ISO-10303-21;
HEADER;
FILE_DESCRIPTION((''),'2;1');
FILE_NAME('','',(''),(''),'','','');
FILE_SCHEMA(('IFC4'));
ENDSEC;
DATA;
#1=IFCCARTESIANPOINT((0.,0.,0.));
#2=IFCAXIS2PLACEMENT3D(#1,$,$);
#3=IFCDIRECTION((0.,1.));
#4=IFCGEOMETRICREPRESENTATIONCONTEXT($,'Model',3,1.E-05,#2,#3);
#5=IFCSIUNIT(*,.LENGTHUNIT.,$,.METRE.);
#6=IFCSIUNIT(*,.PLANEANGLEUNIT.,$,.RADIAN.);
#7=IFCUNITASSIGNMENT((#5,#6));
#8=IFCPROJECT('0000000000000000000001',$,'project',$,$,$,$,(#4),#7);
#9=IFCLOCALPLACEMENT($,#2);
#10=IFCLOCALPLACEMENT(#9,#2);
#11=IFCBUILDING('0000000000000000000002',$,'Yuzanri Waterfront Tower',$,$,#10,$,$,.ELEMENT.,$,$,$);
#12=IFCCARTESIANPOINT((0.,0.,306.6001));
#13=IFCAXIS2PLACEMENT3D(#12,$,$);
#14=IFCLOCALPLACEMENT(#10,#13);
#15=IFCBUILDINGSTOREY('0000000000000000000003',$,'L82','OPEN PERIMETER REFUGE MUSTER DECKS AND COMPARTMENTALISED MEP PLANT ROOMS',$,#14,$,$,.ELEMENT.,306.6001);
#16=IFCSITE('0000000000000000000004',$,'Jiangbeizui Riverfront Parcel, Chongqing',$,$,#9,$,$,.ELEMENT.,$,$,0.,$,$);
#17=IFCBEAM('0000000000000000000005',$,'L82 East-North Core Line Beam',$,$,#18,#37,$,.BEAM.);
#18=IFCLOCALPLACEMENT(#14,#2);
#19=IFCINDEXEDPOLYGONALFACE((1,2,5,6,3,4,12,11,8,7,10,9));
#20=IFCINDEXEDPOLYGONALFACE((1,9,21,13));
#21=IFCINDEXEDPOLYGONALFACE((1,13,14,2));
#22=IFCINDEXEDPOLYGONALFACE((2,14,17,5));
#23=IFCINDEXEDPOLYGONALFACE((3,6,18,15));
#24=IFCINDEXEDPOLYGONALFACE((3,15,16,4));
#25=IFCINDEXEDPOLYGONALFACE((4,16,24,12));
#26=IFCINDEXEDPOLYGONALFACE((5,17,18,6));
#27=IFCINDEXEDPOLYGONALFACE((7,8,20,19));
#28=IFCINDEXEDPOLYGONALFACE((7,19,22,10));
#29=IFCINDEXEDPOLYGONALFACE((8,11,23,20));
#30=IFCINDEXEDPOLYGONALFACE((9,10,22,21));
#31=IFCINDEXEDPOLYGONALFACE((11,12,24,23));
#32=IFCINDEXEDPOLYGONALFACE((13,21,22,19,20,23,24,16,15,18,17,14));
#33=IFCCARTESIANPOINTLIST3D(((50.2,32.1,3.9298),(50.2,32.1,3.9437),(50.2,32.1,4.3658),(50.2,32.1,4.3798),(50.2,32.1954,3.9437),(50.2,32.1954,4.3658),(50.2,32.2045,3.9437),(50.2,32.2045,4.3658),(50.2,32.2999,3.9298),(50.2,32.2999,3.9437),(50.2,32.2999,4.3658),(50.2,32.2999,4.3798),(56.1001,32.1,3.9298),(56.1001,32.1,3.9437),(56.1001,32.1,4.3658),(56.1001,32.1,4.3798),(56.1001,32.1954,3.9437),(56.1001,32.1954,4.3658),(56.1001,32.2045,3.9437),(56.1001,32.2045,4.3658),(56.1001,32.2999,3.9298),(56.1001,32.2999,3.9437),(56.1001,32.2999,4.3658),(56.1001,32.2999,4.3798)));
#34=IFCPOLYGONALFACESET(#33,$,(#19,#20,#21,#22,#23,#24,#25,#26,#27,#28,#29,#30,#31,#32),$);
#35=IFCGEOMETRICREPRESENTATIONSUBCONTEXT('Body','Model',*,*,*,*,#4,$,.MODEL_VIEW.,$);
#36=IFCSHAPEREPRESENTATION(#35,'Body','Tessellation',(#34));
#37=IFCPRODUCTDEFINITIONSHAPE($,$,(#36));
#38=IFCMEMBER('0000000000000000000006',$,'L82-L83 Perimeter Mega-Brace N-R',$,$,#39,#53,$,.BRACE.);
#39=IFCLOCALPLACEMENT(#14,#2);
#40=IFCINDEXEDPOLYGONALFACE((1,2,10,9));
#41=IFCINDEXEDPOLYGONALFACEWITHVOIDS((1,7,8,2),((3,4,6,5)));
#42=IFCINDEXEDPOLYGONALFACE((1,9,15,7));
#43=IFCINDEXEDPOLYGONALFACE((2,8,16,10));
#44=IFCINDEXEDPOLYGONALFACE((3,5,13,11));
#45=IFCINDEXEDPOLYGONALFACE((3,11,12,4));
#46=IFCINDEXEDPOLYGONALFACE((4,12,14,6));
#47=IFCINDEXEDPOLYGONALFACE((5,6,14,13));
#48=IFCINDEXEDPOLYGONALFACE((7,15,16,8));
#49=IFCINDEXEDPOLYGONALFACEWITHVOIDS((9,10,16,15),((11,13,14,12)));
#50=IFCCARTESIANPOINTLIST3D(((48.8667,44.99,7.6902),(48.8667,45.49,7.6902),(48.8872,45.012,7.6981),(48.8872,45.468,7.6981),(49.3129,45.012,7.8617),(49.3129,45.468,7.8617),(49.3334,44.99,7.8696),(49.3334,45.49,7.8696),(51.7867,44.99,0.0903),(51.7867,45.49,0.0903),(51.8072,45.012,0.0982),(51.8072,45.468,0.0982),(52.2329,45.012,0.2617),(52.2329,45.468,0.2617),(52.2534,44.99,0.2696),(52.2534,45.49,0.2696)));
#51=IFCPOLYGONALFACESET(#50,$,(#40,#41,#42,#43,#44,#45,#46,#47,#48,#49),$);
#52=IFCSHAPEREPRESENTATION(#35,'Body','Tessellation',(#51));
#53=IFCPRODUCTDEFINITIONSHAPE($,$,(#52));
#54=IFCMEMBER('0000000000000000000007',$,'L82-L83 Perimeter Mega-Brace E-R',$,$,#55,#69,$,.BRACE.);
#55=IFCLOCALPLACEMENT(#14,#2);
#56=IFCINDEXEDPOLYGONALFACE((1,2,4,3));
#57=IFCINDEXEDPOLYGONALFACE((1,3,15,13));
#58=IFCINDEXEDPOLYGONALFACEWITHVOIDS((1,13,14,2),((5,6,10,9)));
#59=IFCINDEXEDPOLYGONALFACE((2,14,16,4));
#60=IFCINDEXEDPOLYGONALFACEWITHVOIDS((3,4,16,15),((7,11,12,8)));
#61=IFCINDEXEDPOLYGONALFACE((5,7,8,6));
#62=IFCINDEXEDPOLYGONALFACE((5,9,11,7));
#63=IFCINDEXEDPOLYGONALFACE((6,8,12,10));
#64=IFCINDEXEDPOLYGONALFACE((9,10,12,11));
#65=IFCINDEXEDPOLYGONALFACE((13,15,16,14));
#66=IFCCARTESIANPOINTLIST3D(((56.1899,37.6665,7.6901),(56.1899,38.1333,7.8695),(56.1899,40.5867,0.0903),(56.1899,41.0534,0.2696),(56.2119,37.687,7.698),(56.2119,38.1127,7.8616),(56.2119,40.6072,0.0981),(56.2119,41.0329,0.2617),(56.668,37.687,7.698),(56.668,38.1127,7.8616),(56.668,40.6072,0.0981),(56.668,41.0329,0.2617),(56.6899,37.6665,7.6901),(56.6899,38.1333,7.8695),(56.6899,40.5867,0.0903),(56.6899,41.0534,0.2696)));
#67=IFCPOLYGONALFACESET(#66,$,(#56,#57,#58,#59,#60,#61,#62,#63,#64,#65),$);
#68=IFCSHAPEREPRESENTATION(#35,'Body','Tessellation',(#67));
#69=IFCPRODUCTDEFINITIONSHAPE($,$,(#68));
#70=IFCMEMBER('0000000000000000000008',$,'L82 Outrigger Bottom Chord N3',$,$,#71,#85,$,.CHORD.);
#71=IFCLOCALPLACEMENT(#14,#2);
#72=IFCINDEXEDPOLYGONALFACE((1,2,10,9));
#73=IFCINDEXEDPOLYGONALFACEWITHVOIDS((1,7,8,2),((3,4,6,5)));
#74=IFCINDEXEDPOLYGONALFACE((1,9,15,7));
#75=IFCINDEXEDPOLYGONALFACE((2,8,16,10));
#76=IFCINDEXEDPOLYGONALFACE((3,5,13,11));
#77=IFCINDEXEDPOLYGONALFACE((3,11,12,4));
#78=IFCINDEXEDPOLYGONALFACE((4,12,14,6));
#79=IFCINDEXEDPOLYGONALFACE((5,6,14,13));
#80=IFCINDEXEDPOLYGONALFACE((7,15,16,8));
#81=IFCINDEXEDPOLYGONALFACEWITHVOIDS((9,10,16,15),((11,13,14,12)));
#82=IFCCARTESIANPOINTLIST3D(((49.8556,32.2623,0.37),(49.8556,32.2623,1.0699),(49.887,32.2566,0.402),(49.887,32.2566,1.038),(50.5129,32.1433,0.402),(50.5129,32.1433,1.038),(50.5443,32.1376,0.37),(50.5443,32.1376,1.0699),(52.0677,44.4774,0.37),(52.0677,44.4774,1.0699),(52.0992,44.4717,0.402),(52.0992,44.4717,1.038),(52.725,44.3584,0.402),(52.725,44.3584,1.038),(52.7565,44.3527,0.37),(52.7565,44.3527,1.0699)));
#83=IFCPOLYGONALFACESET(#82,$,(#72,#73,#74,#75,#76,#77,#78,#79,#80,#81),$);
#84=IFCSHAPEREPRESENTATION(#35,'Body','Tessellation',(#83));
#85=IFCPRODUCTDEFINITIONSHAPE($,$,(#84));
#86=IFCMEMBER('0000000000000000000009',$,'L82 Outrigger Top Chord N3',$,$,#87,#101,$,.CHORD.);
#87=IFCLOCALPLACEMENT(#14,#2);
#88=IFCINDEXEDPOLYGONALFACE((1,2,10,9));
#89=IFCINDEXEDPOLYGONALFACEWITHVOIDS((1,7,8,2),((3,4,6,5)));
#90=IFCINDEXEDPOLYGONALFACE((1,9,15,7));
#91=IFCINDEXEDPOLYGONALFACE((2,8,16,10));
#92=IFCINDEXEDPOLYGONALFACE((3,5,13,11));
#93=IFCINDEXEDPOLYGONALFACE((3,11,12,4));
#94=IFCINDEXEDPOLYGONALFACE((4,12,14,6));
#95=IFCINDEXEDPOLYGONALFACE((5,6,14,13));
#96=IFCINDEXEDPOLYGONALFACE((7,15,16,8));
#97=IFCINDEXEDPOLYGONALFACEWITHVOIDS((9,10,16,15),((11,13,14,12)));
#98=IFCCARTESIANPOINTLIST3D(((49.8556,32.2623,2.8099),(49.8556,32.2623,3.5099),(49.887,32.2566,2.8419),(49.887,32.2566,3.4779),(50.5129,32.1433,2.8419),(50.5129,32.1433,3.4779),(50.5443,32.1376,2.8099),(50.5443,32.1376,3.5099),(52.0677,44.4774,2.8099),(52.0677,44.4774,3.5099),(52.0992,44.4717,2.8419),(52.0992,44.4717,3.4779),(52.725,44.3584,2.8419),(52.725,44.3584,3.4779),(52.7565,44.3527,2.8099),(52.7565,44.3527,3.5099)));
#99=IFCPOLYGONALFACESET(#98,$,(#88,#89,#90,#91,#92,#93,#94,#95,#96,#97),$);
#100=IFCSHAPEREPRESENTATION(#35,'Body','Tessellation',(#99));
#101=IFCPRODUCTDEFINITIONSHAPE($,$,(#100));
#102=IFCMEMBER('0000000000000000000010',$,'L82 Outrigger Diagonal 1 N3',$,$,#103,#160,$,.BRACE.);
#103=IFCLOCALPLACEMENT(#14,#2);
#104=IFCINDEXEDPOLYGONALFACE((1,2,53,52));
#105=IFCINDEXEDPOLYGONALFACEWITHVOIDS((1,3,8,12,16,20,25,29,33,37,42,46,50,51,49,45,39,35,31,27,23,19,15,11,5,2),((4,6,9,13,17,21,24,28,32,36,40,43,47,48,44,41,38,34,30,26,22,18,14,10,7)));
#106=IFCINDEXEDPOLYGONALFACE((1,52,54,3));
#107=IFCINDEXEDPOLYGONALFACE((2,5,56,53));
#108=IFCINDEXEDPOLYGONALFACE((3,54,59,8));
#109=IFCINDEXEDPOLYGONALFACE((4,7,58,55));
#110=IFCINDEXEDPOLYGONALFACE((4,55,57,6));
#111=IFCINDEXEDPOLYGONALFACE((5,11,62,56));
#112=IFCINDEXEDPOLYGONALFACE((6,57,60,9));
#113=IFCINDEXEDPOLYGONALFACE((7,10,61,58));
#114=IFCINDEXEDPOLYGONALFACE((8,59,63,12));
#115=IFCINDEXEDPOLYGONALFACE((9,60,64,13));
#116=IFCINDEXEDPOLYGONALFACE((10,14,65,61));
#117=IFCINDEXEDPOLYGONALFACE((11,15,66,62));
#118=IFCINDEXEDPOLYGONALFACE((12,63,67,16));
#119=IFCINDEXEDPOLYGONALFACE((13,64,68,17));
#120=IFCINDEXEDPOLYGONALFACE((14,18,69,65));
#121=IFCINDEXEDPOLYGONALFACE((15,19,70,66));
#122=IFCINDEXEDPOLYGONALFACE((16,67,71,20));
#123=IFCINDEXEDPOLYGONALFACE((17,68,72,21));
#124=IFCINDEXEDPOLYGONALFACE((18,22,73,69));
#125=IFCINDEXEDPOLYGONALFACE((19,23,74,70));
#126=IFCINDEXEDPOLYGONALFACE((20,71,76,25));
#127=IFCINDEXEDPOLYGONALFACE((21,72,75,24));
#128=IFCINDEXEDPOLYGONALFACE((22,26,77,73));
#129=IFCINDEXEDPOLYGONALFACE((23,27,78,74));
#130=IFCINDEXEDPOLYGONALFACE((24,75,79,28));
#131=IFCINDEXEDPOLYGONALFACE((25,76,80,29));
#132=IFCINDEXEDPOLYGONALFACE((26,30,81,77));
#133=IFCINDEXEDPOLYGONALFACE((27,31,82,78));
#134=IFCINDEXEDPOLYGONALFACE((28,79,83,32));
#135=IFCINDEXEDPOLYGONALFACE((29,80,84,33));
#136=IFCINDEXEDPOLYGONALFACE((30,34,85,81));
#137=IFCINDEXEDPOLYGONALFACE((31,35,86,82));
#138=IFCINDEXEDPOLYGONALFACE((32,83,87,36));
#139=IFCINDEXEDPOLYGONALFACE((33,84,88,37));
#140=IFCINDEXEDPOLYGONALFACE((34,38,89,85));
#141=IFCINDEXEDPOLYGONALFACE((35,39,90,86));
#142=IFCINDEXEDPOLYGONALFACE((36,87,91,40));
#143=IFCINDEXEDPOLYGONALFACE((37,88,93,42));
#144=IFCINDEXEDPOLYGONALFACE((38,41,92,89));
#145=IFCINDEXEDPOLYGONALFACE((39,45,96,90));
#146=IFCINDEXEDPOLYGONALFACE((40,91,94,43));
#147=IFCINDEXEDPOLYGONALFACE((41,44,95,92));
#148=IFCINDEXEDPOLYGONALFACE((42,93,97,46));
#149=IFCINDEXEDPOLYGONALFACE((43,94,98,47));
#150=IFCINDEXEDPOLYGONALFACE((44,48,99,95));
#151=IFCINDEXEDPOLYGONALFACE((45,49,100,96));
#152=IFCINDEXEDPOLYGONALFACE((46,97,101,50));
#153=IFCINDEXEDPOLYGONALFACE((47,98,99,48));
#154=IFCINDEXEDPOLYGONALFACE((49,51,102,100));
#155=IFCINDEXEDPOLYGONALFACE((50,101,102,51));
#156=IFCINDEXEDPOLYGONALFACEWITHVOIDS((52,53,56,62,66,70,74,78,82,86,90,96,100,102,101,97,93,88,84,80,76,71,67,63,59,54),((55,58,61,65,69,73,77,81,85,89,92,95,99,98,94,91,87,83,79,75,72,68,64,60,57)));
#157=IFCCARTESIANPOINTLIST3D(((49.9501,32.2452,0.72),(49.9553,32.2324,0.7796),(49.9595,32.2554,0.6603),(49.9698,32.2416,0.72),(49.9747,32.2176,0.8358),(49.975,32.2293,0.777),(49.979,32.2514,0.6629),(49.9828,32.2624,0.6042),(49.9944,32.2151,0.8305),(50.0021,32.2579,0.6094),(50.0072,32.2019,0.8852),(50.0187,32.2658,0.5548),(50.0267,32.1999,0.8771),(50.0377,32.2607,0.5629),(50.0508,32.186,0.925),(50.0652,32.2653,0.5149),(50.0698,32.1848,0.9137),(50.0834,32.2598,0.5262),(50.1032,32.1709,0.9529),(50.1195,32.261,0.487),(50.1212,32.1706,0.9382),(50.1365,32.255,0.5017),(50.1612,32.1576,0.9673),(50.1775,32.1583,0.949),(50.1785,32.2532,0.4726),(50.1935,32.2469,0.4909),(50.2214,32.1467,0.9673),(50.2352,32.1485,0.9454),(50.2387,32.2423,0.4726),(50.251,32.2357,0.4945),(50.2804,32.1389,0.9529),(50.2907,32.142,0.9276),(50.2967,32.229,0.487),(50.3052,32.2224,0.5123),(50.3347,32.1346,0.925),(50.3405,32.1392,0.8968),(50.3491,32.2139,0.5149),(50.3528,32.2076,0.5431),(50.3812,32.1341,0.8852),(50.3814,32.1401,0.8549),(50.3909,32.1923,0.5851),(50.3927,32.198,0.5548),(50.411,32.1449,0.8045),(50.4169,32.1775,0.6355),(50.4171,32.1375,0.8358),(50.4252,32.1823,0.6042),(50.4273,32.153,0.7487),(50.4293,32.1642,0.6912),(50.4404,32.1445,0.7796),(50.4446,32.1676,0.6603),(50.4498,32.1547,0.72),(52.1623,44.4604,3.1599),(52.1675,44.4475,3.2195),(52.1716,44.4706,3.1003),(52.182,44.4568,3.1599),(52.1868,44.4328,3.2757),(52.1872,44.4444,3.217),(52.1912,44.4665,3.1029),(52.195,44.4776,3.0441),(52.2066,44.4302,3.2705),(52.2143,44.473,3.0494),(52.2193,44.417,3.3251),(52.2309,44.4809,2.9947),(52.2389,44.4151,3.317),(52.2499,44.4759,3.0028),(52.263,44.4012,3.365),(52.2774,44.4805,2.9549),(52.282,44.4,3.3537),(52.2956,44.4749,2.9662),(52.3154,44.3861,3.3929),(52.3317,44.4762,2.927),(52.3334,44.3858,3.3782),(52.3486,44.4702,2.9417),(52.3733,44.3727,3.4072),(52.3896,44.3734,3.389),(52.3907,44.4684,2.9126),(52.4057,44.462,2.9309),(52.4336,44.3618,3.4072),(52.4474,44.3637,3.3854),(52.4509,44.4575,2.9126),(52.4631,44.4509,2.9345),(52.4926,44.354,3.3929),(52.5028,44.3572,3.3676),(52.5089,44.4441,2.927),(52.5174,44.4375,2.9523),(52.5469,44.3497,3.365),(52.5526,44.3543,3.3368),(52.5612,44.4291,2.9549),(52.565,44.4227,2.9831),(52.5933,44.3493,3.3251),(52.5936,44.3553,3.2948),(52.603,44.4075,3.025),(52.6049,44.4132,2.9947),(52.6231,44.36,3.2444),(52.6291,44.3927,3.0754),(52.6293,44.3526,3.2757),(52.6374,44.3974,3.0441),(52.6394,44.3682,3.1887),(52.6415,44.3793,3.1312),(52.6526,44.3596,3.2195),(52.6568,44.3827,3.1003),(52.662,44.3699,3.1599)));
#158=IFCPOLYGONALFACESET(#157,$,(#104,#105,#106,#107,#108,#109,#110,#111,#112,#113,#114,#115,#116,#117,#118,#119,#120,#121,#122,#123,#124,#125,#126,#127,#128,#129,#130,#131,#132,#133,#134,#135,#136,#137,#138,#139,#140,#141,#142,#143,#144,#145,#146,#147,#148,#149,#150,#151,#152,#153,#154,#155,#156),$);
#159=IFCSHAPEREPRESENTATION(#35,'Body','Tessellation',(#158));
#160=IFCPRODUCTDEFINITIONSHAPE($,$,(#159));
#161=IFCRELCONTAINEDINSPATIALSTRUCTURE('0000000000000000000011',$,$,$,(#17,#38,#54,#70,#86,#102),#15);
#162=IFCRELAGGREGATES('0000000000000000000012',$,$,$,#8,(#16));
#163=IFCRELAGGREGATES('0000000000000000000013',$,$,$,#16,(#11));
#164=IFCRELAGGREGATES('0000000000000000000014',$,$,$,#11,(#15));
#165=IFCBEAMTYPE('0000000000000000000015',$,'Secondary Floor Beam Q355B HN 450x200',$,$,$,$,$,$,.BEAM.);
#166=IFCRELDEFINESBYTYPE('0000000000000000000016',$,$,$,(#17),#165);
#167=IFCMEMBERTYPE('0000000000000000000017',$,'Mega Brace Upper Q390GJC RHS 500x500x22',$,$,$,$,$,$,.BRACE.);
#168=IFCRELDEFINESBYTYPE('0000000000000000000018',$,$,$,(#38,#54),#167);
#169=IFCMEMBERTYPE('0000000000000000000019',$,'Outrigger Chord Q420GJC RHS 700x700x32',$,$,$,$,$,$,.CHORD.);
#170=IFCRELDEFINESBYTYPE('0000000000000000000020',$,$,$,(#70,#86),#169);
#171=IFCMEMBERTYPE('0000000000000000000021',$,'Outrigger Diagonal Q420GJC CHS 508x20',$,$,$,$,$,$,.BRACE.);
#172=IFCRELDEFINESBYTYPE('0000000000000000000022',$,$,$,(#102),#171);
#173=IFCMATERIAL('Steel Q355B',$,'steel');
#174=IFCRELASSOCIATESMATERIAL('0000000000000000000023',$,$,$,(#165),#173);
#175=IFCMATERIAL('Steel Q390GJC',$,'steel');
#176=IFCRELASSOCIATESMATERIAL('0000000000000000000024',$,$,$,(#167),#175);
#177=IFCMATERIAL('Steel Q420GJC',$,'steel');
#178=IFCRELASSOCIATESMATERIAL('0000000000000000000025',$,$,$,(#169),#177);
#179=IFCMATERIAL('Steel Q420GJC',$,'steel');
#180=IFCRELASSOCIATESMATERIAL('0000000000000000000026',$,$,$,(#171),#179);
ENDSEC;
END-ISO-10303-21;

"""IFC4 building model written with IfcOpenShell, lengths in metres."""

from ifc_helpers import new_model, si_unit, direction, frame, origin, origin_2d, place, context, subcontext, project, spatial, hollow_rectangle, hollow_circle, i_section, extrude, source, transform, mapped, material, material_profile, profile_set, type_object, element, save


model = new_model("IFC4")

# Units and contexts
model_context = context("Model", 3, precision=1e-05, world=origin(), true_north=direction((0.0, 1.0)))
body_context = subcontext(model_context, "Body", "Model", "MODEL_VIEW")
ifc_project = project(units=[si_unit("LENGTHUNIT", "METRE"), si_unit("PLANEANGLEUNIT", "RADIAN")], contexts=[model_context])

# Site, building, storey
site_placement = place(None, origin())
site = spatial("IfcSite", under=ifc_project, at=site_placement, Name="Jiangbeizui Riverfront Parcel, Chongqing", CompositionType="ELEMENT", RefElevation=0.0)
building_placement = place(site_placement, origin())
building = spatial("IfcBuilding", under=site, at=building_placement, Name="Yuzanri Waterfront Tower", CompositionType="ELEMENT")
storey_placement = place(building_placement, frame((0.0, 0.0, 306.6001)))
storey = spatial("IfcBuildingStorey", under=building, at=storey_placement, Name="L82", Description="OPEN PERIMETER REFUGE MUSTER DECKS AND COMPARTMENTALISED MEP PLANT ROOMS", CompositionType="ELEMENT", Elevation=306.6001)

# Beam
ifc_material_1 = material(Name="Steel Q355B", Category="steel")
ifc_material_profile_1 = material_profile(ifc_material_1, i_section(OverallWidth=0.2, OverallDepth=0.45, WebThickness=0.009, FlangeThickness=0.0139, at=origin_2d()), Name="HN 450x200x9x14")
ifc_profile_set_1 = profile_set([ifc_material_profile_1], Name="Steel Q355B")
beam_type_1 = type_object("IfcBeamType", Name="Secondary Floor Beam Q355B HN 450x200", PredefinedType="BEAM", material=ifc_profile_set_1)
shared_shape_1 = source(origin(), body_context, "Body", "SweptSolid", [
    extrude(i_section(OverallWidth=0.2, OverallDepth=0.45, WebThickness=0.009, FlangeThickness=0.0139, at=origin_2d()), origin(), (0.0, 0.0, 1.0), 5.9001),
])
beam_1_placement = place(storey_placement, frame((50.2, 32.2, 4.1548), z_axis=(1.0, 0.0, 0.0), x_axis=(0.0, 1.0, 0.0)))
element("IfcBeam", 1, at=beam_1_placement, inside=storey, type_object=beam_type_1, Name="L82 East-North Core Line Beam", PredefinedType="BEAM", context=body_context, shape_type="MappedRepresentation", body=[
    mapped(shared_shape_1, transform((0.0, 0.0, 0.0), scale=1.0)),
])

# Members
ifc_material_2 = material(Name="Steel Q390GJC", Category="steel")
ifc_material_profile_2 = material_profile(ifc_material_2, hollow_rectangle(XDim=0.5, YDim=0.5, WallThickness=0.022, at=origin_2d()), Name="RHS 500x500x22")
ifc_profile_set_2 = profile_set([ifc_material_profile_2], Name="Steel Q390GJC")
member_type_1 = type_object("IfcMemberType", Name="Mega Brace Upper Q390GJC RHS 500x500x22", PredefinedType="BRACE", material=ifc_profile_set_2)
shared_shape_2 = source(origin(), body_context, "Body", "SweptSolid", [
    extrude(hollow_rectangle(XDim=0.5, YDim=0.5, WallThickness=0.022, at=origin_2d()), origin(), (0.0, 0.0, 1.0), 8.1416),
])
for number, where, z_axis, x_axis, name in (
    (2, (52.02, 45.24, 0.1799), (-0.358647, 0.0, 0.933473), (0.0, -1.0, 0.0), "L82-L83 Perimeter Mega-Brace N-R"),
    (3, (56.4399, 40.8201, 0.1799), (0.0, -0.358674, 0.933463), (1.0, 0.0, 0.0), "L82-L83 Perimeter Mega-Brace E-R"),
):
    element("IfcMember", number, at=place(storey_placement, frame(where, z_axis=z_axis, x_axis=x_axis)), inside=storey, type_object=member_type_1, Name=name, PredefinedType="BRACE", context=body_context, shape_type="MappedRepresentation", body=[
        mapped(shared_shape_2, transform((0.0, 0.0, 0.0), scale=1.0)),
    ])
ifc_material_3 = material(Name="Steel Q420GJC", Category="steel")
ifc_material_profile_3 = material_profile(ifc_material_3, hollow_rectangle(XDim=0.7, YDim=0.7, WallThickness=0.032, at=origin_2d()), Name="RHS 700x700x32")
ifc_profile_set_3 = profile_set([ifc_material_profile_3], Name="Steel Q420GJC")
member_type_2 = type_object("IfcMemberType", Name="Outrigger Chord Q420GJC RHS 700x700x32", PredefinedType="CHORD", material=ifc_profile_set_3)
shared_shape_3 = source(origin(), body_context, "Body", "SweptSolid", [
    extrude(hollow_rectangle(XDim=0.7, YDim=0.7, WallThickness=0.032, at=origin_2d()), origin(), (0.0, 0.0, 1.0), 12.4138),
])
for number, where, z_axis, x_axis, name in (
    (4, (50.2, 32.2, 0.72), (0.178202, 0.983994, 0.0), (-0.983994, 0.178202, 0.0), "L82 Outrigger Bottom Chord N3"),
    (5, (50.2, 32.2, 3.1599), (0.178202, 0.983994, 0.0), (-0.983994, 0.178202, 0.0), "L82 Outrigger Top Chord N3"),
):
    element("IfcMember", number, at=place(storey_placement, frame(where, z_axis=z_axis, x_axis=x_axis)), inside=storey, type_object=member_type_2, Name=name, PredefinedType="CHORD", context=body_context, shape_type="MappedRepresentation", body=[
        mapped(shared_shape_3, transform((0.0, 0.0, 0.0), scale=1.0)),
    ])
ifc_material_4 = material(Name="Steel Q420GJC", Category="steel")
ifc_material_profile_4 = material_profile(ifc_material_4, hollow_circle(Radius=0.2539, WallThickness=0.02, at=origin_2d()), Name="CHS 508x20")
ifc_profile_set_4 = profile_set([ifc_material_profile_4], Name="Steel Q420GJC")
member_type_3 = type_object("IfcMemberType", Name="Outrigger Diagonal Q420GJC CHS 508x20", PredefinedType="BRACE", material=ifc_profile_set_4)
shared_shape_4 = source(origin(), body_context, "Body", "SweptSolid", [
    extrude(hollow_circle(Radius=0.2539, WallThickness=0.02, at=origin_2d()), origin(), (0.0, 0.0, 1.0), 12.6514),
])
for number, where, z_axis, x_axis, name in (
    (6, (50.2, 32.2, 0.72), (0.174856, 0.965521, 0.192861), (-0.983994, 0.178202, 0.0), "L82 Outrigger Diagonal 1 N3"),
):
    element("IfcMember", number, at=place(storey_placement, frame(where, z_axis=z_axis, x_axis=x_axis)), inside=storey, type_object=member_type_3, Name=name, PredefinedType="BRACE", context=body_context, shape_type="MappedRepresentation", body=[
        mapped(shared_shape_4, transform((0.0, 0.0, 0.0), scale=1.0)),
    ])

save(model, "model.ifc")
